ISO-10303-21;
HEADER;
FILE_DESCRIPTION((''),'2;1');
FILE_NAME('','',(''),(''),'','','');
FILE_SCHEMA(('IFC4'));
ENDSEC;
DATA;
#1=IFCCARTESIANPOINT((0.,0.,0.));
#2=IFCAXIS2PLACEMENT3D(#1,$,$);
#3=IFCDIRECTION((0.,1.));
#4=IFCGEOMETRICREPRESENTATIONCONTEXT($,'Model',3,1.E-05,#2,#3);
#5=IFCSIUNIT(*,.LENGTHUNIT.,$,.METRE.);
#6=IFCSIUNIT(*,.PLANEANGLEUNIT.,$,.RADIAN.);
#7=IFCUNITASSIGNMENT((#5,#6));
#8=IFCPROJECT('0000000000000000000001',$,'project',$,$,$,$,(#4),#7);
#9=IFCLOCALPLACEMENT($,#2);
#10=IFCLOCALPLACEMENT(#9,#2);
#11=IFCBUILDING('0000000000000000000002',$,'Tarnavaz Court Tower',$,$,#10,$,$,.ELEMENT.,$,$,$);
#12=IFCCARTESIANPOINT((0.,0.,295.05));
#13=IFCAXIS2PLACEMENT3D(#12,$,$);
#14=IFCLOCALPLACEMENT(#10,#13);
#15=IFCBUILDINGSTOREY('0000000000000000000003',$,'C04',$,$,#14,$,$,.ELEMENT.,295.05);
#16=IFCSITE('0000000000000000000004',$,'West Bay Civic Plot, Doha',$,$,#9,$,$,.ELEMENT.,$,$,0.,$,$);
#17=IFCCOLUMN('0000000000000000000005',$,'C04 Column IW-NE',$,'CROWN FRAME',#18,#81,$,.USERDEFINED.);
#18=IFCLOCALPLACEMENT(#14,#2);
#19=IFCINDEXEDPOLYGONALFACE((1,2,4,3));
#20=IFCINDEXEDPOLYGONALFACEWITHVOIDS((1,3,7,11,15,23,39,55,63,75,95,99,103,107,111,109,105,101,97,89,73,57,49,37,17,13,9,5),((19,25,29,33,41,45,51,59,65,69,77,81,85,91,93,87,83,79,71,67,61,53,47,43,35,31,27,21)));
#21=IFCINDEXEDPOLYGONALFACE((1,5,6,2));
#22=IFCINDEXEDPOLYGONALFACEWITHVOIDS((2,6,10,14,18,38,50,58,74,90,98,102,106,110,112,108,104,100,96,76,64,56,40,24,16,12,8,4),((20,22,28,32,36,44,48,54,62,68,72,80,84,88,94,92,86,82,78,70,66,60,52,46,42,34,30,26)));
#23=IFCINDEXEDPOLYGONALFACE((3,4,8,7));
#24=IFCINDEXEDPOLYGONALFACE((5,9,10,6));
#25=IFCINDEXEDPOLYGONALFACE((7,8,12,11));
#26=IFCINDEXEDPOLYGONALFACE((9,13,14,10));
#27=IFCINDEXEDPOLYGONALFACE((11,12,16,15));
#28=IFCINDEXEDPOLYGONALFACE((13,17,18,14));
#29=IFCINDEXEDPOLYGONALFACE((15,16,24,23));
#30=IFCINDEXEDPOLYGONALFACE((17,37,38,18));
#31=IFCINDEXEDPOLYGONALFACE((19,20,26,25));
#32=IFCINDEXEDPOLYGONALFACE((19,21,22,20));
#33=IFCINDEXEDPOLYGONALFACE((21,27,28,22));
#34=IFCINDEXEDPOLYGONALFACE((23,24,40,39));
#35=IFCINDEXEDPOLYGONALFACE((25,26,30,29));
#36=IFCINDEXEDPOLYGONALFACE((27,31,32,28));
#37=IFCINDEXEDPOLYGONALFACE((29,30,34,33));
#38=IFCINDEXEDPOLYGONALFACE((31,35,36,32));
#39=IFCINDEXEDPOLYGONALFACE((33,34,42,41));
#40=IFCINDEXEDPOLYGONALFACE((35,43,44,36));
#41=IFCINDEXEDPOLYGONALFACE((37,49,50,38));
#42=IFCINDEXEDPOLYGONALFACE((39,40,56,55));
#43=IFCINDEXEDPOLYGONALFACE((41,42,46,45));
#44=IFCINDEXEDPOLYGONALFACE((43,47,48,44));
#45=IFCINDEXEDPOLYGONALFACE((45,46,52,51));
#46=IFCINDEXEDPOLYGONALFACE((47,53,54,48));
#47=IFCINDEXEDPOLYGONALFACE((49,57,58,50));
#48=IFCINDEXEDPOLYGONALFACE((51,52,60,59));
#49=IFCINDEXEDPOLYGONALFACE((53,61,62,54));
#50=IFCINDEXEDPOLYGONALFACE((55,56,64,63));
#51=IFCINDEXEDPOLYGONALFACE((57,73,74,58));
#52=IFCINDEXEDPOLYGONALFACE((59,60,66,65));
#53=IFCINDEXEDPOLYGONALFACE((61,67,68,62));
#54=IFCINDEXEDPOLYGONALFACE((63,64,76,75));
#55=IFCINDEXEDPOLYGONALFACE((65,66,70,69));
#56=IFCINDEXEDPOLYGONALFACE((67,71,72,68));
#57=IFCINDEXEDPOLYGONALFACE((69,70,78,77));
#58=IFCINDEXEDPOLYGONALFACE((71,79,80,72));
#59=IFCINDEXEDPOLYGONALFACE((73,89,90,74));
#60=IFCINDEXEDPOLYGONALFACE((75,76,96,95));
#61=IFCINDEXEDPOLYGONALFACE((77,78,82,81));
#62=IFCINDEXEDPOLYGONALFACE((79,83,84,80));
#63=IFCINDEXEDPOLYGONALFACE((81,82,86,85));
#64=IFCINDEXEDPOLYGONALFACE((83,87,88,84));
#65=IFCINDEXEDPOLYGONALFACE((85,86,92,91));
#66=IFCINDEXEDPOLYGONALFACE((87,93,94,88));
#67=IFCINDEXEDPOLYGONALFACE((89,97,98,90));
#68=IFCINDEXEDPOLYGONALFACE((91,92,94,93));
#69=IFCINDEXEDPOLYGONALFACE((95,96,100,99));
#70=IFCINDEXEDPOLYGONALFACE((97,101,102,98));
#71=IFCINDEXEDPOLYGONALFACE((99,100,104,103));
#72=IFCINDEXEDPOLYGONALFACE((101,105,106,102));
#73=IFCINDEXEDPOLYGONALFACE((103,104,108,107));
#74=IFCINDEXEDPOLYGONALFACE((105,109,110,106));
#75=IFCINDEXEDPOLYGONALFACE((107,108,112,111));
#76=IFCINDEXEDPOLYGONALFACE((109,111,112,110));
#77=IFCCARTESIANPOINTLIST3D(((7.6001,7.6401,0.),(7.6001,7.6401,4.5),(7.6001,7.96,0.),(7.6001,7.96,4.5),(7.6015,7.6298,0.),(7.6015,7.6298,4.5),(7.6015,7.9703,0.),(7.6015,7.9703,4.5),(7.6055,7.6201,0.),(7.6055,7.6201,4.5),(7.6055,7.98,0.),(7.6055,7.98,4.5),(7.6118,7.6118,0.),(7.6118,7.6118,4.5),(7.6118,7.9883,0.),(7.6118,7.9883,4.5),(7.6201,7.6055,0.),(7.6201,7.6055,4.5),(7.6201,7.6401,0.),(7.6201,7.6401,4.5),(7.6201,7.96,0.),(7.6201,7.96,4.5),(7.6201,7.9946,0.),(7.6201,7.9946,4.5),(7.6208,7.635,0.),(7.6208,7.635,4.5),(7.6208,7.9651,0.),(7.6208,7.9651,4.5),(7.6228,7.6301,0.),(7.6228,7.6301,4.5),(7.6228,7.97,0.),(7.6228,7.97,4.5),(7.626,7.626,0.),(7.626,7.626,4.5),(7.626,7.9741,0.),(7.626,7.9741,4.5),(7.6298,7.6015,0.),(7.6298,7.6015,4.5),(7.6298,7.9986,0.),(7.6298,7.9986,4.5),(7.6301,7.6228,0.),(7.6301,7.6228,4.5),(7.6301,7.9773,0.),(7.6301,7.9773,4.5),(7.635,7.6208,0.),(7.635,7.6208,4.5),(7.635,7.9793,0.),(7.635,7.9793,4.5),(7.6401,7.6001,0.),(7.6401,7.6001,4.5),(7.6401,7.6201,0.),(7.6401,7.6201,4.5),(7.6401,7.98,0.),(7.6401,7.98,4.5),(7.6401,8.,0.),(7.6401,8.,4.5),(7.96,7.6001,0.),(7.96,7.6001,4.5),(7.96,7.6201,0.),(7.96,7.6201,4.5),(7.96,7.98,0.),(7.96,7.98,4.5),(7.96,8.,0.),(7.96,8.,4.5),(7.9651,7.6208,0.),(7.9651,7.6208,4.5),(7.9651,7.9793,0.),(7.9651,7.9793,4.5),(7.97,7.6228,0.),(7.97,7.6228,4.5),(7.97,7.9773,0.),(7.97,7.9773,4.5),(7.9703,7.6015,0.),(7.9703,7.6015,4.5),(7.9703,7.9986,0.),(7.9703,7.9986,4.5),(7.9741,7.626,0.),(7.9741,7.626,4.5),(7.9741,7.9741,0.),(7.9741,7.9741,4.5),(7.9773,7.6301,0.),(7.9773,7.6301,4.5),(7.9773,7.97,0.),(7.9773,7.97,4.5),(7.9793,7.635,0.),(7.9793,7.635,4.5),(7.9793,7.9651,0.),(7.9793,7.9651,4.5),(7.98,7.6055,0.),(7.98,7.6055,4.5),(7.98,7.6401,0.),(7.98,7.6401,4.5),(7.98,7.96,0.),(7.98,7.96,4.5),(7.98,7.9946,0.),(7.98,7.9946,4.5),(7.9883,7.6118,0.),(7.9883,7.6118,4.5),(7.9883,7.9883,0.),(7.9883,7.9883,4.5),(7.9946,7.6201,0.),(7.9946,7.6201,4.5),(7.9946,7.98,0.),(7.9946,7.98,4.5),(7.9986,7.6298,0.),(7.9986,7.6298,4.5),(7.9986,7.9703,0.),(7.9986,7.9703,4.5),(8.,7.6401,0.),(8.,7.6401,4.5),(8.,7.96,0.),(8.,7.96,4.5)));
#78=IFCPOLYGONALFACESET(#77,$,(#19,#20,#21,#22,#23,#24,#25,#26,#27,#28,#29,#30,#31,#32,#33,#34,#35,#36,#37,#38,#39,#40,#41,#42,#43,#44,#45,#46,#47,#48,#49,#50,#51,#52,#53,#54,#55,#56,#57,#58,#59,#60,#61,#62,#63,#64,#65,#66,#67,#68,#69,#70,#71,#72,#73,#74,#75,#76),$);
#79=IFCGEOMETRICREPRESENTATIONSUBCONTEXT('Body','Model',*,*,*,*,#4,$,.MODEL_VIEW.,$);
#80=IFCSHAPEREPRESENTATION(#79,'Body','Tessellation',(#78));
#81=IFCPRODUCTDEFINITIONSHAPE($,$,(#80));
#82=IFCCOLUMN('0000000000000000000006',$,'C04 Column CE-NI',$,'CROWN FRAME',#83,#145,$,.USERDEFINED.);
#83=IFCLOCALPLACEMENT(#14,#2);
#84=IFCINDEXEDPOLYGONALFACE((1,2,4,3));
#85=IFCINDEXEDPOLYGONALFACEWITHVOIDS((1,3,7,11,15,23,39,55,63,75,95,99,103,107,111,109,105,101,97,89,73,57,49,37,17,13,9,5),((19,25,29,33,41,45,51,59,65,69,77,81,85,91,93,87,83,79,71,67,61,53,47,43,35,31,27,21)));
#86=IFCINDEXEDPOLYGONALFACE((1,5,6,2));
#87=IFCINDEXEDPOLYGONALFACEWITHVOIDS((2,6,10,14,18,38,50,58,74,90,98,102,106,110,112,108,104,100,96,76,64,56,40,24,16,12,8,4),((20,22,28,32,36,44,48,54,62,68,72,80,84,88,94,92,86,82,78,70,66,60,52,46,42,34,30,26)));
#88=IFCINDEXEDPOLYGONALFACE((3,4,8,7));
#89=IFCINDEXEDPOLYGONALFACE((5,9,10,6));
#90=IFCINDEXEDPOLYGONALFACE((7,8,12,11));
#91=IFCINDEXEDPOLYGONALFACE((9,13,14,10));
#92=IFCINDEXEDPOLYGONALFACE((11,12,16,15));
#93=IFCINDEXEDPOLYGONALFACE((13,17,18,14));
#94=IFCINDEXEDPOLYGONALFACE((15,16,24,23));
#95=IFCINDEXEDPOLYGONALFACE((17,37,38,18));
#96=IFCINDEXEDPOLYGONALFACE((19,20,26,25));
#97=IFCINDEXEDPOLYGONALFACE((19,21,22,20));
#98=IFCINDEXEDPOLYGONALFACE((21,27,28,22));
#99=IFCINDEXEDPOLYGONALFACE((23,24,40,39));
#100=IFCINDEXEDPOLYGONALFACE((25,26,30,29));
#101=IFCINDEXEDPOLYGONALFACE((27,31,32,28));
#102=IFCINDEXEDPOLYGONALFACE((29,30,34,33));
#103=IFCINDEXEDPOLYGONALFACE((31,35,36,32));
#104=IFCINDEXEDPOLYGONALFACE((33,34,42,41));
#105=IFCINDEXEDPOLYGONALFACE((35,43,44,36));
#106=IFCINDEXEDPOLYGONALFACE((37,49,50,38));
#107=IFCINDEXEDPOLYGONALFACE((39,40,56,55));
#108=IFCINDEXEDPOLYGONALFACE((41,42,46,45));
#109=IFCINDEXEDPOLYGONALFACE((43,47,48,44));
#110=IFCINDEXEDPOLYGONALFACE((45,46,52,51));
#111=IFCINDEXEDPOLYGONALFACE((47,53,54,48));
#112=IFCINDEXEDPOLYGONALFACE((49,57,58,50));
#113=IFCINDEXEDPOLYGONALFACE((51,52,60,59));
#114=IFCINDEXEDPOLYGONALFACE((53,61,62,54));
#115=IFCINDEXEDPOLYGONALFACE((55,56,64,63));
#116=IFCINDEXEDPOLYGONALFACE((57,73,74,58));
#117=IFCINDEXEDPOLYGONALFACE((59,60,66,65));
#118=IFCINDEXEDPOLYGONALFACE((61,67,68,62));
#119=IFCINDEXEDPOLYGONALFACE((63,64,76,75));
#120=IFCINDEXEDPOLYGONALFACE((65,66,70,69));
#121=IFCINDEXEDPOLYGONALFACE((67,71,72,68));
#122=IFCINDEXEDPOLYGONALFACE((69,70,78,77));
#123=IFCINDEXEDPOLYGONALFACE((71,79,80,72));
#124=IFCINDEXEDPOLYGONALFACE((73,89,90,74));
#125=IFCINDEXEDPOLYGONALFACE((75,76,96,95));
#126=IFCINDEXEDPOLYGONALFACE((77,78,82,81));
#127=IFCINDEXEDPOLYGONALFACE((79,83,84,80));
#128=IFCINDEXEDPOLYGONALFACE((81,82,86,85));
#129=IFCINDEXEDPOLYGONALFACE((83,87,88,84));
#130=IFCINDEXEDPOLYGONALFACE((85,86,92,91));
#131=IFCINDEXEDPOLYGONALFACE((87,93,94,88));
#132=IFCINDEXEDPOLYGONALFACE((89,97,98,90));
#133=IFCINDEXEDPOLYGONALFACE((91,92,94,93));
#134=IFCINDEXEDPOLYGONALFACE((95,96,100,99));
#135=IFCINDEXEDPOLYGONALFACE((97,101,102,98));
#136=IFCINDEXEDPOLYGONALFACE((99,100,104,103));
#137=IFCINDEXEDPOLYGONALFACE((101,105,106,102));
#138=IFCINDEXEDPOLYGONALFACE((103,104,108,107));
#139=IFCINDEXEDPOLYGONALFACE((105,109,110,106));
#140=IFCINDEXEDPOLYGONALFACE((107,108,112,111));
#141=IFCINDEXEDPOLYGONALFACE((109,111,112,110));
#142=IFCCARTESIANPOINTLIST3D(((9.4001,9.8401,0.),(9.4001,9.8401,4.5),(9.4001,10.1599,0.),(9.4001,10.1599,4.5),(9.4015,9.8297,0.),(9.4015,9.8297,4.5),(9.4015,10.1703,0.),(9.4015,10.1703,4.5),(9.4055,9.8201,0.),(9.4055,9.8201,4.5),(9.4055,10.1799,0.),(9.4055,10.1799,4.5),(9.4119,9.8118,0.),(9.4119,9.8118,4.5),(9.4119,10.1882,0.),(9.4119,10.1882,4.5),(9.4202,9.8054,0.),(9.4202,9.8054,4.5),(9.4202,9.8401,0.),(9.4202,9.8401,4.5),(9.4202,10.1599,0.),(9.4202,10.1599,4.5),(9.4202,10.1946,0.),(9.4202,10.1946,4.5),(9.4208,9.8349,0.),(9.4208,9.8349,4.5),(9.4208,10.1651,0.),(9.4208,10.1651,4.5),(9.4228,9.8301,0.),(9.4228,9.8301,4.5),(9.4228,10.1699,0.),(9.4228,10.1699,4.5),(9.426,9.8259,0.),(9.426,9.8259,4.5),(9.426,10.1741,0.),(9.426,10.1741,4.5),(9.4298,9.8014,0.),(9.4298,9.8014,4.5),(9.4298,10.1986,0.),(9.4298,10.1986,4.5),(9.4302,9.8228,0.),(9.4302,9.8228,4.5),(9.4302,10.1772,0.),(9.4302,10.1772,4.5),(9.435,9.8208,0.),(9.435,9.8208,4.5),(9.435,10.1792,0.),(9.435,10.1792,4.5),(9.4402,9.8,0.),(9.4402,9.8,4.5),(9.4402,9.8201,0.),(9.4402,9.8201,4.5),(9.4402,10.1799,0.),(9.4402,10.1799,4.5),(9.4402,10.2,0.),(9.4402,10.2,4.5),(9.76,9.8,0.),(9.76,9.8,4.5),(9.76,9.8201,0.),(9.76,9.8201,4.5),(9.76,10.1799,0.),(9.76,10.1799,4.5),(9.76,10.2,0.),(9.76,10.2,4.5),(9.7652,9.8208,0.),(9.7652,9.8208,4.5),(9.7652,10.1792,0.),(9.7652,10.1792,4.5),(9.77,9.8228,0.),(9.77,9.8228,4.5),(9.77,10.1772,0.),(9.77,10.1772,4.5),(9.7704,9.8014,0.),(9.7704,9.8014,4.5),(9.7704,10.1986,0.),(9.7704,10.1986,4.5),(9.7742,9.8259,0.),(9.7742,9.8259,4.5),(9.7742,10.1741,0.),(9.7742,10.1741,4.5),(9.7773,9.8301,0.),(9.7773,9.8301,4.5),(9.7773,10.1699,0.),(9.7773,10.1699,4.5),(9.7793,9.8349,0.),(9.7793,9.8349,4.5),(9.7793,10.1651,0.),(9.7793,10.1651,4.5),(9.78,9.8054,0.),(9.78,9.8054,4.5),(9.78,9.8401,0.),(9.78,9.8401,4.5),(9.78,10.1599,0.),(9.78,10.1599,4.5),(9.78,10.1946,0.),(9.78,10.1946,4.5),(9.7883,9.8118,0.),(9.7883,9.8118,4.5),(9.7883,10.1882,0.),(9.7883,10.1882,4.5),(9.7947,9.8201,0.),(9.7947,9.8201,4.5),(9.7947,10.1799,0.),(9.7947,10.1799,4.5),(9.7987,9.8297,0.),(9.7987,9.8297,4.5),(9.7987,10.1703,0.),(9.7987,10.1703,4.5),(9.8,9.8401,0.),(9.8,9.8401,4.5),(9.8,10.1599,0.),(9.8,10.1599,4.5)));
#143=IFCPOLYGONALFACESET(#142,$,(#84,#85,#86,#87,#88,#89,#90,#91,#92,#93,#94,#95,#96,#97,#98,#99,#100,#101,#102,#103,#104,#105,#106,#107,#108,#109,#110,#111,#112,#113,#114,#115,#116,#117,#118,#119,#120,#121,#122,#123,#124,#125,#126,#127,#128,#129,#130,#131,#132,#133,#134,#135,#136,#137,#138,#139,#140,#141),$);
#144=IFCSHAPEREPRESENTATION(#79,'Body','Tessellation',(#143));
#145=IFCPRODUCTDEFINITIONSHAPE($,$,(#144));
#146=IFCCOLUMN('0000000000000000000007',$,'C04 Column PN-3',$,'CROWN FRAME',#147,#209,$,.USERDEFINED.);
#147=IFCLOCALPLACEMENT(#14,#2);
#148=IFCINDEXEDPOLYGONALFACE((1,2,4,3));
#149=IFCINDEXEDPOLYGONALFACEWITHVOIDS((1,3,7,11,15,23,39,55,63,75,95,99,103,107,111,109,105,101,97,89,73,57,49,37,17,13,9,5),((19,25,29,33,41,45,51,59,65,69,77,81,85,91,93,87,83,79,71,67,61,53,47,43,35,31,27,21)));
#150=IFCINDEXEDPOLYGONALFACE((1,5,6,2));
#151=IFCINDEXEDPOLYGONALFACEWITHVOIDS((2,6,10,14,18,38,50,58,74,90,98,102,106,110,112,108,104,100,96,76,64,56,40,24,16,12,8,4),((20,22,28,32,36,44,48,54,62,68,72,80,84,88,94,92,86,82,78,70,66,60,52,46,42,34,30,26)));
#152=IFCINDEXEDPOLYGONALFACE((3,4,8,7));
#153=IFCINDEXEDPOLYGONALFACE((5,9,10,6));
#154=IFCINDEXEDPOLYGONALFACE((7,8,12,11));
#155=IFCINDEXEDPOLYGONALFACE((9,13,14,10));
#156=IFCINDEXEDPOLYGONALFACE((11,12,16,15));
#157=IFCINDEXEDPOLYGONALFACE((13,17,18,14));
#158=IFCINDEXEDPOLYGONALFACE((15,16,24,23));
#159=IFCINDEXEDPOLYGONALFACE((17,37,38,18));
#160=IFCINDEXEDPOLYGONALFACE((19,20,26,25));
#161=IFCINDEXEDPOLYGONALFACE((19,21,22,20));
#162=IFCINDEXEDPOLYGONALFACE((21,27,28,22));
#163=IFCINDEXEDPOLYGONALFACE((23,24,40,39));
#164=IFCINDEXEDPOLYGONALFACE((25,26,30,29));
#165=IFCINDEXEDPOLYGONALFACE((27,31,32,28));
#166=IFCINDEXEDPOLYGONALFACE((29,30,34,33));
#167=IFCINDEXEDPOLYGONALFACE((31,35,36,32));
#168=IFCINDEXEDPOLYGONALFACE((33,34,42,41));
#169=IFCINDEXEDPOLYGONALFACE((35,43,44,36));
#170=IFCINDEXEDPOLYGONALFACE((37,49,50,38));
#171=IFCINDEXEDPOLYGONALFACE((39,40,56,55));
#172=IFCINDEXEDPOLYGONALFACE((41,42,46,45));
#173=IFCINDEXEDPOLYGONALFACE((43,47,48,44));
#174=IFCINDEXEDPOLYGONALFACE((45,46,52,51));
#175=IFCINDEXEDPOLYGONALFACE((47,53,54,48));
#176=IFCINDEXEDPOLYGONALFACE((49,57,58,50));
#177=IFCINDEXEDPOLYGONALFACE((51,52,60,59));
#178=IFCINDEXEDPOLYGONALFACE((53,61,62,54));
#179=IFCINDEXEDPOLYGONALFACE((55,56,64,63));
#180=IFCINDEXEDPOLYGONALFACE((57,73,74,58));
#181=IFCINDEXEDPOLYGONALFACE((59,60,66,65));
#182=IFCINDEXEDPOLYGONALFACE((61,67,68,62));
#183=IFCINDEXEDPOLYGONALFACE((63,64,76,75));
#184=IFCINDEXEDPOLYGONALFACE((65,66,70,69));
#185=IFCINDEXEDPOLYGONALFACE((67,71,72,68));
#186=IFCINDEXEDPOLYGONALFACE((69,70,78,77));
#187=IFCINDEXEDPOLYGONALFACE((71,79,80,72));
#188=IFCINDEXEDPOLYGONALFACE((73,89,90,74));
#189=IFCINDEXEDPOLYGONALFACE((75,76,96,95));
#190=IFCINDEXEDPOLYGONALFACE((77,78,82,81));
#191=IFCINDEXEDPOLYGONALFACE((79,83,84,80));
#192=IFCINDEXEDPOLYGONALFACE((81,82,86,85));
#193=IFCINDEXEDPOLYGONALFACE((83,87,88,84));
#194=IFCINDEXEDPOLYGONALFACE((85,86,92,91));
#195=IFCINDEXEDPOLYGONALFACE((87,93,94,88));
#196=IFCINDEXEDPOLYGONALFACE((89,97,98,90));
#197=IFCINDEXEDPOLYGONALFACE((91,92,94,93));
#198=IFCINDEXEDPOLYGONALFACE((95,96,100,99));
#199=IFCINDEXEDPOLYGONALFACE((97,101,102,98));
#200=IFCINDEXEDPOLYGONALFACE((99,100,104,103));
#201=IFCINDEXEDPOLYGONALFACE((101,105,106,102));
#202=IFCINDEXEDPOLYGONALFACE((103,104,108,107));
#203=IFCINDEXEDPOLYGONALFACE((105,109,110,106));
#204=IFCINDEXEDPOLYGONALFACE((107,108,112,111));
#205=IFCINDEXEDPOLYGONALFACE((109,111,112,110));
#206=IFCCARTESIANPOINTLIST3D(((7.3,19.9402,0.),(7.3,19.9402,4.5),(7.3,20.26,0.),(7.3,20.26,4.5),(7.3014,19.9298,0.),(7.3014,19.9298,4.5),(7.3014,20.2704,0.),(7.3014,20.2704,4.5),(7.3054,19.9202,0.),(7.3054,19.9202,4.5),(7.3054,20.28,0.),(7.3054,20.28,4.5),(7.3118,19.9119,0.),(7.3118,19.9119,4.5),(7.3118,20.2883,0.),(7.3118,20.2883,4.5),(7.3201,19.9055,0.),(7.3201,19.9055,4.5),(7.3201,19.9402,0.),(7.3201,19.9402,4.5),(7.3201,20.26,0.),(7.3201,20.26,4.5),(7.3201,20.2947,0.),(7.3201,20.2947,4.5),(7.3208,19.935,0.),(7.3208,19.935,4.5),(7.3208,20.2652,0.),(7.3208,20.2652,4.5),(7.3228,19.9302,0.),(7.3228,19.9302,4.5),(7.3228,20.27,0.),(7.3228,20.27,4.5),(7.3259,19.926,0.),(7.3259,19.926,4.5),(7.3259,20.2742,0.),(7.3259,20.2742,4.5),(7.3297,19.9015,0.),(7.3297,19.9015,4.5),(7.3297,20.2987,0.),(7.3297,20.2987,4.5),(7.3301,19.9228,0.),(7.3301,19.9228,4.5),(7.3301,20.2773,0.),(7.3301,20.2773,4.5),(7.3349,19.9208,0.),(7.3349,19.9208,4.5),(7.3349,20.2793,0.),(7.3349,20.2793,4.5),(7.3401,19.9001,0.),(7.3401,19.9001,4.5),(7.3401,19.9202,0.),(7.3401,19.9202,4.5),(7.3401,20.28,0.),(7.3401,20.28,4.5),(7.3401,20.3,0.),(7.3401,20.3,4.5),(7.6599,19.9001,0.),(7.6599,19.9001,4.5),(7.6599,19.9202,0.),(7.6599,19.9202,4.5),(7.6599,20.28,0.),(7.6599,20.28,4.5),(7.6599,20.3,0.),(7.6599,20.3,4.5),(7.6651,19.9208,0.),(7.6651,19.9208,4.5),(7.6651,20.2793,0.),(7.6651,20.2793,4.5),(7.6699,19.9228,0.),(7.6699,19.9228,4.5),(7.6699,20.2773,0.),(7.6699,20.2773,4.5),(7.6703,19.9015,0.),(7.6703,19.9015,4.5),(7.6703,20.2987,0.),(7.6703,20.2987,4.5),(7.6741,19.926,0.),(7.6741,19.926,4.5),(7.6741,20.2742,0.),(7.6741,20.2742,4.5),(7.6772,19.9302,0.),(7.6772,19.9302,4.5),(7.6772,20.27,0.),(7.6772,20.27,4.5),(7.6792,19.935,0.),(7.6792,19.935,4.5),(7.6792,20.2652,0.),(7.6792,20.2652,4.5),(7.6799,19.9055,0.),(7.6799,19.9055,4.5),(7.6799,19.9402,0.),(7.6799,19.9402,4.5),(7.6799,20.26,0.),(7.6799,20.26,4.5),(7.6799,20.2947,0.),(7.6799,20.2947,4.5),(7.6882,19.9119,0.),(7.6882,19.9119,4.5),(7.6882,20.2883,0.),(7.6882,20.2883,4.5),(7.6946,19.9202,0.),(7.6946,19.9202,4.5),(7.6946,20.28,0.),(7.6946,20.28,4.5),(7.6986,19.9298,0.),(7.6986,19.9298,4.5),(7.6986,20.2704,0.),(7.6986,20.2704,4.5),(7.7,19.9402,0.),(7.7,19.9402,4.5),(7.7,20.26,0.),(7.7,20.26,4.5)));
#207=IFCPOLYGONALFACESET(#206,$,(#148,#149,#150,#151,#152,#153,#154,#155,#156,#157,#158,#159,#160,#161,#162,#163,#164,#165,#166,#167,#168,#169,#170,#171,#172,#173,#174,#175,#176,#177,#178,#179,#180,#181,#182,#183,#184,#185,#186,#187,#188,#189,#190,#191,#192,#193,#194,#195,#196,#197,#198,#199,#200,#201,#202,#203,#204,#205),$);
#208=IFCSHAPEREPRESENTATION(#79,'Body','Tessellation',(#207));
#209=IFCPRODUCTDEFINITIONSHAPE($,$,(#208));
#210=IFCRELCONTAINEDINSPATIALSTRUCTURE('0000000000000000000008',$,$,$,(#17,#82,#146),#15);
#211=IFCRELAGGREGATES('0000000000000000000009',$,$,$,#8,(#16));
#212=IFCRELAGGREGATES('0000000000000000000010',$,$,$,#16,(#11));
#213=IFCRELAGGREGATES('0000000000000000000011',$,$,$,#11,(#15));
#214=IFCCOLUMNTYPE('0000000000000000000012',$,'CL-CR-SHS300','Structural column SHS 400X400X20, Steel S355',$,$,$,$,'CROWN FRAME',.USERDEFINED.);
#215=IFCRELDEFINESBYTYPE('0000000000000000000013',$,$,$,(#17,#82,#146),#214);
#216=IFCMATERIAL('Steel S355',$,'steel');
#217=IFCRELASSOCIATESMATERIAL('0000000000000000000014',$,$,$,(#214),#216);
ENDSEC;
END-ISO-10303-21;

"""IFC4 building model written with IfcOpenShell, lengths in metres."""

from ifc_helpers import new_model, si_unit, direction, frame, origin, origin_2d, place, context, subcontext, project, spatial, hollow_rectangle, extrude, material, material_profile, profile_set, type_object, element, save


model = new_model("IFC4")

# Units and contexts
model_context = context("Model", 3, precision=1e-05, world=origin(), true_north=direction((0.0, 1.0)))
body_context = subcontext(model_context, "Body", "Model", "MODEL_VIEW")
ifc_project = project(units=[si_unit("LENGTHUNIT", "METRE"), si_unit("PLANEANGLEUNIT", "RADIAN")], contexts=[model_context])

# Site, building, storey
site_placement = place(None, origin())
site = spatial("IfcSite", under=ifc_project, at=site_placement, Name="West Bay Civic Plot, Doha", CompositionType="ELEMENT", RefElevation=0.0)
building_placement = place(site_placement, origin())
building = spatial("IfcBuilding", under=site, at=building_placement, Name="Tarnavaz Court Tower", CompositionType="ELEMENT")
storey_placement = place(building_placement, frame((0.0, 0.0, 295.05)))
storey = spatial("IfcBuildingStorey", under=building, at=storey_placement, Name="C04", CompositionType="ELEMENT", Elevation=295.05)

# Columns
ifc_material_1 = material(Name="Steel S355", Category="steel")
ifc_material_profile_1 = material_profile(ifc_material_1, hollow_rectangle(XDim=0.3999, YDim=0.3999, WallThickness=0.02, InnerFilletRadius=0.02, OuterFilletRadius=0.04, at=origin_2d()), Name="SHS 400X400X20")
ifc_profile_set_1 = profile_set([ifc_material_profile_1], Name="Steel S355")
column_type = type_object("IfcColumnType", Name="CL-CR-SHS300", Description="Structural column SHS 400X400X20, Steel S355", ElementType="CROWN FRAME", PredefinedType="USERDEFINED", material=ifc_profile_set_1)
for number, where, z_axis, x_axis, name in (
    (1, (7.8, 7.8, 0.0), (0.0, 0.0, 1.0), (1.0, 0.0, 0.0), "C04 Column IW-NE"),
    (2, (9.6001, 10.0, 0.0), (0.0, 0.0, 1.0), (1.0, 0.0, 0.0), "C04 Column CE-NI"),
    (3, (7.5, 20.1001, 0.0), (0.0, 0.0, 1.0), (1.0, 0.0, 0.0), "C04 Column PN-3"),
):
    element("IfcColumn", number, at=place(storey_placement, frame(where, z_axis=z_axis, x_axis=x_axis)), inside=storey, type_object=column_type, Name=name, ObjectType="CROWN FRAME", PredefinedType="USERDEFINED", context=body_context, shape_type="SweptSolid", body=[
        extrude(hollow_rectangle(XDim=0.3999, YDim=0.3999, WallThickness=0.02, InnerFilletRadius=0.02, OuterFilletRadius=0.04, at=origin_2d()), origin(), (0.0, 0.0, 1.0), 4.5),
    ])

save(model, "model.ifc")
